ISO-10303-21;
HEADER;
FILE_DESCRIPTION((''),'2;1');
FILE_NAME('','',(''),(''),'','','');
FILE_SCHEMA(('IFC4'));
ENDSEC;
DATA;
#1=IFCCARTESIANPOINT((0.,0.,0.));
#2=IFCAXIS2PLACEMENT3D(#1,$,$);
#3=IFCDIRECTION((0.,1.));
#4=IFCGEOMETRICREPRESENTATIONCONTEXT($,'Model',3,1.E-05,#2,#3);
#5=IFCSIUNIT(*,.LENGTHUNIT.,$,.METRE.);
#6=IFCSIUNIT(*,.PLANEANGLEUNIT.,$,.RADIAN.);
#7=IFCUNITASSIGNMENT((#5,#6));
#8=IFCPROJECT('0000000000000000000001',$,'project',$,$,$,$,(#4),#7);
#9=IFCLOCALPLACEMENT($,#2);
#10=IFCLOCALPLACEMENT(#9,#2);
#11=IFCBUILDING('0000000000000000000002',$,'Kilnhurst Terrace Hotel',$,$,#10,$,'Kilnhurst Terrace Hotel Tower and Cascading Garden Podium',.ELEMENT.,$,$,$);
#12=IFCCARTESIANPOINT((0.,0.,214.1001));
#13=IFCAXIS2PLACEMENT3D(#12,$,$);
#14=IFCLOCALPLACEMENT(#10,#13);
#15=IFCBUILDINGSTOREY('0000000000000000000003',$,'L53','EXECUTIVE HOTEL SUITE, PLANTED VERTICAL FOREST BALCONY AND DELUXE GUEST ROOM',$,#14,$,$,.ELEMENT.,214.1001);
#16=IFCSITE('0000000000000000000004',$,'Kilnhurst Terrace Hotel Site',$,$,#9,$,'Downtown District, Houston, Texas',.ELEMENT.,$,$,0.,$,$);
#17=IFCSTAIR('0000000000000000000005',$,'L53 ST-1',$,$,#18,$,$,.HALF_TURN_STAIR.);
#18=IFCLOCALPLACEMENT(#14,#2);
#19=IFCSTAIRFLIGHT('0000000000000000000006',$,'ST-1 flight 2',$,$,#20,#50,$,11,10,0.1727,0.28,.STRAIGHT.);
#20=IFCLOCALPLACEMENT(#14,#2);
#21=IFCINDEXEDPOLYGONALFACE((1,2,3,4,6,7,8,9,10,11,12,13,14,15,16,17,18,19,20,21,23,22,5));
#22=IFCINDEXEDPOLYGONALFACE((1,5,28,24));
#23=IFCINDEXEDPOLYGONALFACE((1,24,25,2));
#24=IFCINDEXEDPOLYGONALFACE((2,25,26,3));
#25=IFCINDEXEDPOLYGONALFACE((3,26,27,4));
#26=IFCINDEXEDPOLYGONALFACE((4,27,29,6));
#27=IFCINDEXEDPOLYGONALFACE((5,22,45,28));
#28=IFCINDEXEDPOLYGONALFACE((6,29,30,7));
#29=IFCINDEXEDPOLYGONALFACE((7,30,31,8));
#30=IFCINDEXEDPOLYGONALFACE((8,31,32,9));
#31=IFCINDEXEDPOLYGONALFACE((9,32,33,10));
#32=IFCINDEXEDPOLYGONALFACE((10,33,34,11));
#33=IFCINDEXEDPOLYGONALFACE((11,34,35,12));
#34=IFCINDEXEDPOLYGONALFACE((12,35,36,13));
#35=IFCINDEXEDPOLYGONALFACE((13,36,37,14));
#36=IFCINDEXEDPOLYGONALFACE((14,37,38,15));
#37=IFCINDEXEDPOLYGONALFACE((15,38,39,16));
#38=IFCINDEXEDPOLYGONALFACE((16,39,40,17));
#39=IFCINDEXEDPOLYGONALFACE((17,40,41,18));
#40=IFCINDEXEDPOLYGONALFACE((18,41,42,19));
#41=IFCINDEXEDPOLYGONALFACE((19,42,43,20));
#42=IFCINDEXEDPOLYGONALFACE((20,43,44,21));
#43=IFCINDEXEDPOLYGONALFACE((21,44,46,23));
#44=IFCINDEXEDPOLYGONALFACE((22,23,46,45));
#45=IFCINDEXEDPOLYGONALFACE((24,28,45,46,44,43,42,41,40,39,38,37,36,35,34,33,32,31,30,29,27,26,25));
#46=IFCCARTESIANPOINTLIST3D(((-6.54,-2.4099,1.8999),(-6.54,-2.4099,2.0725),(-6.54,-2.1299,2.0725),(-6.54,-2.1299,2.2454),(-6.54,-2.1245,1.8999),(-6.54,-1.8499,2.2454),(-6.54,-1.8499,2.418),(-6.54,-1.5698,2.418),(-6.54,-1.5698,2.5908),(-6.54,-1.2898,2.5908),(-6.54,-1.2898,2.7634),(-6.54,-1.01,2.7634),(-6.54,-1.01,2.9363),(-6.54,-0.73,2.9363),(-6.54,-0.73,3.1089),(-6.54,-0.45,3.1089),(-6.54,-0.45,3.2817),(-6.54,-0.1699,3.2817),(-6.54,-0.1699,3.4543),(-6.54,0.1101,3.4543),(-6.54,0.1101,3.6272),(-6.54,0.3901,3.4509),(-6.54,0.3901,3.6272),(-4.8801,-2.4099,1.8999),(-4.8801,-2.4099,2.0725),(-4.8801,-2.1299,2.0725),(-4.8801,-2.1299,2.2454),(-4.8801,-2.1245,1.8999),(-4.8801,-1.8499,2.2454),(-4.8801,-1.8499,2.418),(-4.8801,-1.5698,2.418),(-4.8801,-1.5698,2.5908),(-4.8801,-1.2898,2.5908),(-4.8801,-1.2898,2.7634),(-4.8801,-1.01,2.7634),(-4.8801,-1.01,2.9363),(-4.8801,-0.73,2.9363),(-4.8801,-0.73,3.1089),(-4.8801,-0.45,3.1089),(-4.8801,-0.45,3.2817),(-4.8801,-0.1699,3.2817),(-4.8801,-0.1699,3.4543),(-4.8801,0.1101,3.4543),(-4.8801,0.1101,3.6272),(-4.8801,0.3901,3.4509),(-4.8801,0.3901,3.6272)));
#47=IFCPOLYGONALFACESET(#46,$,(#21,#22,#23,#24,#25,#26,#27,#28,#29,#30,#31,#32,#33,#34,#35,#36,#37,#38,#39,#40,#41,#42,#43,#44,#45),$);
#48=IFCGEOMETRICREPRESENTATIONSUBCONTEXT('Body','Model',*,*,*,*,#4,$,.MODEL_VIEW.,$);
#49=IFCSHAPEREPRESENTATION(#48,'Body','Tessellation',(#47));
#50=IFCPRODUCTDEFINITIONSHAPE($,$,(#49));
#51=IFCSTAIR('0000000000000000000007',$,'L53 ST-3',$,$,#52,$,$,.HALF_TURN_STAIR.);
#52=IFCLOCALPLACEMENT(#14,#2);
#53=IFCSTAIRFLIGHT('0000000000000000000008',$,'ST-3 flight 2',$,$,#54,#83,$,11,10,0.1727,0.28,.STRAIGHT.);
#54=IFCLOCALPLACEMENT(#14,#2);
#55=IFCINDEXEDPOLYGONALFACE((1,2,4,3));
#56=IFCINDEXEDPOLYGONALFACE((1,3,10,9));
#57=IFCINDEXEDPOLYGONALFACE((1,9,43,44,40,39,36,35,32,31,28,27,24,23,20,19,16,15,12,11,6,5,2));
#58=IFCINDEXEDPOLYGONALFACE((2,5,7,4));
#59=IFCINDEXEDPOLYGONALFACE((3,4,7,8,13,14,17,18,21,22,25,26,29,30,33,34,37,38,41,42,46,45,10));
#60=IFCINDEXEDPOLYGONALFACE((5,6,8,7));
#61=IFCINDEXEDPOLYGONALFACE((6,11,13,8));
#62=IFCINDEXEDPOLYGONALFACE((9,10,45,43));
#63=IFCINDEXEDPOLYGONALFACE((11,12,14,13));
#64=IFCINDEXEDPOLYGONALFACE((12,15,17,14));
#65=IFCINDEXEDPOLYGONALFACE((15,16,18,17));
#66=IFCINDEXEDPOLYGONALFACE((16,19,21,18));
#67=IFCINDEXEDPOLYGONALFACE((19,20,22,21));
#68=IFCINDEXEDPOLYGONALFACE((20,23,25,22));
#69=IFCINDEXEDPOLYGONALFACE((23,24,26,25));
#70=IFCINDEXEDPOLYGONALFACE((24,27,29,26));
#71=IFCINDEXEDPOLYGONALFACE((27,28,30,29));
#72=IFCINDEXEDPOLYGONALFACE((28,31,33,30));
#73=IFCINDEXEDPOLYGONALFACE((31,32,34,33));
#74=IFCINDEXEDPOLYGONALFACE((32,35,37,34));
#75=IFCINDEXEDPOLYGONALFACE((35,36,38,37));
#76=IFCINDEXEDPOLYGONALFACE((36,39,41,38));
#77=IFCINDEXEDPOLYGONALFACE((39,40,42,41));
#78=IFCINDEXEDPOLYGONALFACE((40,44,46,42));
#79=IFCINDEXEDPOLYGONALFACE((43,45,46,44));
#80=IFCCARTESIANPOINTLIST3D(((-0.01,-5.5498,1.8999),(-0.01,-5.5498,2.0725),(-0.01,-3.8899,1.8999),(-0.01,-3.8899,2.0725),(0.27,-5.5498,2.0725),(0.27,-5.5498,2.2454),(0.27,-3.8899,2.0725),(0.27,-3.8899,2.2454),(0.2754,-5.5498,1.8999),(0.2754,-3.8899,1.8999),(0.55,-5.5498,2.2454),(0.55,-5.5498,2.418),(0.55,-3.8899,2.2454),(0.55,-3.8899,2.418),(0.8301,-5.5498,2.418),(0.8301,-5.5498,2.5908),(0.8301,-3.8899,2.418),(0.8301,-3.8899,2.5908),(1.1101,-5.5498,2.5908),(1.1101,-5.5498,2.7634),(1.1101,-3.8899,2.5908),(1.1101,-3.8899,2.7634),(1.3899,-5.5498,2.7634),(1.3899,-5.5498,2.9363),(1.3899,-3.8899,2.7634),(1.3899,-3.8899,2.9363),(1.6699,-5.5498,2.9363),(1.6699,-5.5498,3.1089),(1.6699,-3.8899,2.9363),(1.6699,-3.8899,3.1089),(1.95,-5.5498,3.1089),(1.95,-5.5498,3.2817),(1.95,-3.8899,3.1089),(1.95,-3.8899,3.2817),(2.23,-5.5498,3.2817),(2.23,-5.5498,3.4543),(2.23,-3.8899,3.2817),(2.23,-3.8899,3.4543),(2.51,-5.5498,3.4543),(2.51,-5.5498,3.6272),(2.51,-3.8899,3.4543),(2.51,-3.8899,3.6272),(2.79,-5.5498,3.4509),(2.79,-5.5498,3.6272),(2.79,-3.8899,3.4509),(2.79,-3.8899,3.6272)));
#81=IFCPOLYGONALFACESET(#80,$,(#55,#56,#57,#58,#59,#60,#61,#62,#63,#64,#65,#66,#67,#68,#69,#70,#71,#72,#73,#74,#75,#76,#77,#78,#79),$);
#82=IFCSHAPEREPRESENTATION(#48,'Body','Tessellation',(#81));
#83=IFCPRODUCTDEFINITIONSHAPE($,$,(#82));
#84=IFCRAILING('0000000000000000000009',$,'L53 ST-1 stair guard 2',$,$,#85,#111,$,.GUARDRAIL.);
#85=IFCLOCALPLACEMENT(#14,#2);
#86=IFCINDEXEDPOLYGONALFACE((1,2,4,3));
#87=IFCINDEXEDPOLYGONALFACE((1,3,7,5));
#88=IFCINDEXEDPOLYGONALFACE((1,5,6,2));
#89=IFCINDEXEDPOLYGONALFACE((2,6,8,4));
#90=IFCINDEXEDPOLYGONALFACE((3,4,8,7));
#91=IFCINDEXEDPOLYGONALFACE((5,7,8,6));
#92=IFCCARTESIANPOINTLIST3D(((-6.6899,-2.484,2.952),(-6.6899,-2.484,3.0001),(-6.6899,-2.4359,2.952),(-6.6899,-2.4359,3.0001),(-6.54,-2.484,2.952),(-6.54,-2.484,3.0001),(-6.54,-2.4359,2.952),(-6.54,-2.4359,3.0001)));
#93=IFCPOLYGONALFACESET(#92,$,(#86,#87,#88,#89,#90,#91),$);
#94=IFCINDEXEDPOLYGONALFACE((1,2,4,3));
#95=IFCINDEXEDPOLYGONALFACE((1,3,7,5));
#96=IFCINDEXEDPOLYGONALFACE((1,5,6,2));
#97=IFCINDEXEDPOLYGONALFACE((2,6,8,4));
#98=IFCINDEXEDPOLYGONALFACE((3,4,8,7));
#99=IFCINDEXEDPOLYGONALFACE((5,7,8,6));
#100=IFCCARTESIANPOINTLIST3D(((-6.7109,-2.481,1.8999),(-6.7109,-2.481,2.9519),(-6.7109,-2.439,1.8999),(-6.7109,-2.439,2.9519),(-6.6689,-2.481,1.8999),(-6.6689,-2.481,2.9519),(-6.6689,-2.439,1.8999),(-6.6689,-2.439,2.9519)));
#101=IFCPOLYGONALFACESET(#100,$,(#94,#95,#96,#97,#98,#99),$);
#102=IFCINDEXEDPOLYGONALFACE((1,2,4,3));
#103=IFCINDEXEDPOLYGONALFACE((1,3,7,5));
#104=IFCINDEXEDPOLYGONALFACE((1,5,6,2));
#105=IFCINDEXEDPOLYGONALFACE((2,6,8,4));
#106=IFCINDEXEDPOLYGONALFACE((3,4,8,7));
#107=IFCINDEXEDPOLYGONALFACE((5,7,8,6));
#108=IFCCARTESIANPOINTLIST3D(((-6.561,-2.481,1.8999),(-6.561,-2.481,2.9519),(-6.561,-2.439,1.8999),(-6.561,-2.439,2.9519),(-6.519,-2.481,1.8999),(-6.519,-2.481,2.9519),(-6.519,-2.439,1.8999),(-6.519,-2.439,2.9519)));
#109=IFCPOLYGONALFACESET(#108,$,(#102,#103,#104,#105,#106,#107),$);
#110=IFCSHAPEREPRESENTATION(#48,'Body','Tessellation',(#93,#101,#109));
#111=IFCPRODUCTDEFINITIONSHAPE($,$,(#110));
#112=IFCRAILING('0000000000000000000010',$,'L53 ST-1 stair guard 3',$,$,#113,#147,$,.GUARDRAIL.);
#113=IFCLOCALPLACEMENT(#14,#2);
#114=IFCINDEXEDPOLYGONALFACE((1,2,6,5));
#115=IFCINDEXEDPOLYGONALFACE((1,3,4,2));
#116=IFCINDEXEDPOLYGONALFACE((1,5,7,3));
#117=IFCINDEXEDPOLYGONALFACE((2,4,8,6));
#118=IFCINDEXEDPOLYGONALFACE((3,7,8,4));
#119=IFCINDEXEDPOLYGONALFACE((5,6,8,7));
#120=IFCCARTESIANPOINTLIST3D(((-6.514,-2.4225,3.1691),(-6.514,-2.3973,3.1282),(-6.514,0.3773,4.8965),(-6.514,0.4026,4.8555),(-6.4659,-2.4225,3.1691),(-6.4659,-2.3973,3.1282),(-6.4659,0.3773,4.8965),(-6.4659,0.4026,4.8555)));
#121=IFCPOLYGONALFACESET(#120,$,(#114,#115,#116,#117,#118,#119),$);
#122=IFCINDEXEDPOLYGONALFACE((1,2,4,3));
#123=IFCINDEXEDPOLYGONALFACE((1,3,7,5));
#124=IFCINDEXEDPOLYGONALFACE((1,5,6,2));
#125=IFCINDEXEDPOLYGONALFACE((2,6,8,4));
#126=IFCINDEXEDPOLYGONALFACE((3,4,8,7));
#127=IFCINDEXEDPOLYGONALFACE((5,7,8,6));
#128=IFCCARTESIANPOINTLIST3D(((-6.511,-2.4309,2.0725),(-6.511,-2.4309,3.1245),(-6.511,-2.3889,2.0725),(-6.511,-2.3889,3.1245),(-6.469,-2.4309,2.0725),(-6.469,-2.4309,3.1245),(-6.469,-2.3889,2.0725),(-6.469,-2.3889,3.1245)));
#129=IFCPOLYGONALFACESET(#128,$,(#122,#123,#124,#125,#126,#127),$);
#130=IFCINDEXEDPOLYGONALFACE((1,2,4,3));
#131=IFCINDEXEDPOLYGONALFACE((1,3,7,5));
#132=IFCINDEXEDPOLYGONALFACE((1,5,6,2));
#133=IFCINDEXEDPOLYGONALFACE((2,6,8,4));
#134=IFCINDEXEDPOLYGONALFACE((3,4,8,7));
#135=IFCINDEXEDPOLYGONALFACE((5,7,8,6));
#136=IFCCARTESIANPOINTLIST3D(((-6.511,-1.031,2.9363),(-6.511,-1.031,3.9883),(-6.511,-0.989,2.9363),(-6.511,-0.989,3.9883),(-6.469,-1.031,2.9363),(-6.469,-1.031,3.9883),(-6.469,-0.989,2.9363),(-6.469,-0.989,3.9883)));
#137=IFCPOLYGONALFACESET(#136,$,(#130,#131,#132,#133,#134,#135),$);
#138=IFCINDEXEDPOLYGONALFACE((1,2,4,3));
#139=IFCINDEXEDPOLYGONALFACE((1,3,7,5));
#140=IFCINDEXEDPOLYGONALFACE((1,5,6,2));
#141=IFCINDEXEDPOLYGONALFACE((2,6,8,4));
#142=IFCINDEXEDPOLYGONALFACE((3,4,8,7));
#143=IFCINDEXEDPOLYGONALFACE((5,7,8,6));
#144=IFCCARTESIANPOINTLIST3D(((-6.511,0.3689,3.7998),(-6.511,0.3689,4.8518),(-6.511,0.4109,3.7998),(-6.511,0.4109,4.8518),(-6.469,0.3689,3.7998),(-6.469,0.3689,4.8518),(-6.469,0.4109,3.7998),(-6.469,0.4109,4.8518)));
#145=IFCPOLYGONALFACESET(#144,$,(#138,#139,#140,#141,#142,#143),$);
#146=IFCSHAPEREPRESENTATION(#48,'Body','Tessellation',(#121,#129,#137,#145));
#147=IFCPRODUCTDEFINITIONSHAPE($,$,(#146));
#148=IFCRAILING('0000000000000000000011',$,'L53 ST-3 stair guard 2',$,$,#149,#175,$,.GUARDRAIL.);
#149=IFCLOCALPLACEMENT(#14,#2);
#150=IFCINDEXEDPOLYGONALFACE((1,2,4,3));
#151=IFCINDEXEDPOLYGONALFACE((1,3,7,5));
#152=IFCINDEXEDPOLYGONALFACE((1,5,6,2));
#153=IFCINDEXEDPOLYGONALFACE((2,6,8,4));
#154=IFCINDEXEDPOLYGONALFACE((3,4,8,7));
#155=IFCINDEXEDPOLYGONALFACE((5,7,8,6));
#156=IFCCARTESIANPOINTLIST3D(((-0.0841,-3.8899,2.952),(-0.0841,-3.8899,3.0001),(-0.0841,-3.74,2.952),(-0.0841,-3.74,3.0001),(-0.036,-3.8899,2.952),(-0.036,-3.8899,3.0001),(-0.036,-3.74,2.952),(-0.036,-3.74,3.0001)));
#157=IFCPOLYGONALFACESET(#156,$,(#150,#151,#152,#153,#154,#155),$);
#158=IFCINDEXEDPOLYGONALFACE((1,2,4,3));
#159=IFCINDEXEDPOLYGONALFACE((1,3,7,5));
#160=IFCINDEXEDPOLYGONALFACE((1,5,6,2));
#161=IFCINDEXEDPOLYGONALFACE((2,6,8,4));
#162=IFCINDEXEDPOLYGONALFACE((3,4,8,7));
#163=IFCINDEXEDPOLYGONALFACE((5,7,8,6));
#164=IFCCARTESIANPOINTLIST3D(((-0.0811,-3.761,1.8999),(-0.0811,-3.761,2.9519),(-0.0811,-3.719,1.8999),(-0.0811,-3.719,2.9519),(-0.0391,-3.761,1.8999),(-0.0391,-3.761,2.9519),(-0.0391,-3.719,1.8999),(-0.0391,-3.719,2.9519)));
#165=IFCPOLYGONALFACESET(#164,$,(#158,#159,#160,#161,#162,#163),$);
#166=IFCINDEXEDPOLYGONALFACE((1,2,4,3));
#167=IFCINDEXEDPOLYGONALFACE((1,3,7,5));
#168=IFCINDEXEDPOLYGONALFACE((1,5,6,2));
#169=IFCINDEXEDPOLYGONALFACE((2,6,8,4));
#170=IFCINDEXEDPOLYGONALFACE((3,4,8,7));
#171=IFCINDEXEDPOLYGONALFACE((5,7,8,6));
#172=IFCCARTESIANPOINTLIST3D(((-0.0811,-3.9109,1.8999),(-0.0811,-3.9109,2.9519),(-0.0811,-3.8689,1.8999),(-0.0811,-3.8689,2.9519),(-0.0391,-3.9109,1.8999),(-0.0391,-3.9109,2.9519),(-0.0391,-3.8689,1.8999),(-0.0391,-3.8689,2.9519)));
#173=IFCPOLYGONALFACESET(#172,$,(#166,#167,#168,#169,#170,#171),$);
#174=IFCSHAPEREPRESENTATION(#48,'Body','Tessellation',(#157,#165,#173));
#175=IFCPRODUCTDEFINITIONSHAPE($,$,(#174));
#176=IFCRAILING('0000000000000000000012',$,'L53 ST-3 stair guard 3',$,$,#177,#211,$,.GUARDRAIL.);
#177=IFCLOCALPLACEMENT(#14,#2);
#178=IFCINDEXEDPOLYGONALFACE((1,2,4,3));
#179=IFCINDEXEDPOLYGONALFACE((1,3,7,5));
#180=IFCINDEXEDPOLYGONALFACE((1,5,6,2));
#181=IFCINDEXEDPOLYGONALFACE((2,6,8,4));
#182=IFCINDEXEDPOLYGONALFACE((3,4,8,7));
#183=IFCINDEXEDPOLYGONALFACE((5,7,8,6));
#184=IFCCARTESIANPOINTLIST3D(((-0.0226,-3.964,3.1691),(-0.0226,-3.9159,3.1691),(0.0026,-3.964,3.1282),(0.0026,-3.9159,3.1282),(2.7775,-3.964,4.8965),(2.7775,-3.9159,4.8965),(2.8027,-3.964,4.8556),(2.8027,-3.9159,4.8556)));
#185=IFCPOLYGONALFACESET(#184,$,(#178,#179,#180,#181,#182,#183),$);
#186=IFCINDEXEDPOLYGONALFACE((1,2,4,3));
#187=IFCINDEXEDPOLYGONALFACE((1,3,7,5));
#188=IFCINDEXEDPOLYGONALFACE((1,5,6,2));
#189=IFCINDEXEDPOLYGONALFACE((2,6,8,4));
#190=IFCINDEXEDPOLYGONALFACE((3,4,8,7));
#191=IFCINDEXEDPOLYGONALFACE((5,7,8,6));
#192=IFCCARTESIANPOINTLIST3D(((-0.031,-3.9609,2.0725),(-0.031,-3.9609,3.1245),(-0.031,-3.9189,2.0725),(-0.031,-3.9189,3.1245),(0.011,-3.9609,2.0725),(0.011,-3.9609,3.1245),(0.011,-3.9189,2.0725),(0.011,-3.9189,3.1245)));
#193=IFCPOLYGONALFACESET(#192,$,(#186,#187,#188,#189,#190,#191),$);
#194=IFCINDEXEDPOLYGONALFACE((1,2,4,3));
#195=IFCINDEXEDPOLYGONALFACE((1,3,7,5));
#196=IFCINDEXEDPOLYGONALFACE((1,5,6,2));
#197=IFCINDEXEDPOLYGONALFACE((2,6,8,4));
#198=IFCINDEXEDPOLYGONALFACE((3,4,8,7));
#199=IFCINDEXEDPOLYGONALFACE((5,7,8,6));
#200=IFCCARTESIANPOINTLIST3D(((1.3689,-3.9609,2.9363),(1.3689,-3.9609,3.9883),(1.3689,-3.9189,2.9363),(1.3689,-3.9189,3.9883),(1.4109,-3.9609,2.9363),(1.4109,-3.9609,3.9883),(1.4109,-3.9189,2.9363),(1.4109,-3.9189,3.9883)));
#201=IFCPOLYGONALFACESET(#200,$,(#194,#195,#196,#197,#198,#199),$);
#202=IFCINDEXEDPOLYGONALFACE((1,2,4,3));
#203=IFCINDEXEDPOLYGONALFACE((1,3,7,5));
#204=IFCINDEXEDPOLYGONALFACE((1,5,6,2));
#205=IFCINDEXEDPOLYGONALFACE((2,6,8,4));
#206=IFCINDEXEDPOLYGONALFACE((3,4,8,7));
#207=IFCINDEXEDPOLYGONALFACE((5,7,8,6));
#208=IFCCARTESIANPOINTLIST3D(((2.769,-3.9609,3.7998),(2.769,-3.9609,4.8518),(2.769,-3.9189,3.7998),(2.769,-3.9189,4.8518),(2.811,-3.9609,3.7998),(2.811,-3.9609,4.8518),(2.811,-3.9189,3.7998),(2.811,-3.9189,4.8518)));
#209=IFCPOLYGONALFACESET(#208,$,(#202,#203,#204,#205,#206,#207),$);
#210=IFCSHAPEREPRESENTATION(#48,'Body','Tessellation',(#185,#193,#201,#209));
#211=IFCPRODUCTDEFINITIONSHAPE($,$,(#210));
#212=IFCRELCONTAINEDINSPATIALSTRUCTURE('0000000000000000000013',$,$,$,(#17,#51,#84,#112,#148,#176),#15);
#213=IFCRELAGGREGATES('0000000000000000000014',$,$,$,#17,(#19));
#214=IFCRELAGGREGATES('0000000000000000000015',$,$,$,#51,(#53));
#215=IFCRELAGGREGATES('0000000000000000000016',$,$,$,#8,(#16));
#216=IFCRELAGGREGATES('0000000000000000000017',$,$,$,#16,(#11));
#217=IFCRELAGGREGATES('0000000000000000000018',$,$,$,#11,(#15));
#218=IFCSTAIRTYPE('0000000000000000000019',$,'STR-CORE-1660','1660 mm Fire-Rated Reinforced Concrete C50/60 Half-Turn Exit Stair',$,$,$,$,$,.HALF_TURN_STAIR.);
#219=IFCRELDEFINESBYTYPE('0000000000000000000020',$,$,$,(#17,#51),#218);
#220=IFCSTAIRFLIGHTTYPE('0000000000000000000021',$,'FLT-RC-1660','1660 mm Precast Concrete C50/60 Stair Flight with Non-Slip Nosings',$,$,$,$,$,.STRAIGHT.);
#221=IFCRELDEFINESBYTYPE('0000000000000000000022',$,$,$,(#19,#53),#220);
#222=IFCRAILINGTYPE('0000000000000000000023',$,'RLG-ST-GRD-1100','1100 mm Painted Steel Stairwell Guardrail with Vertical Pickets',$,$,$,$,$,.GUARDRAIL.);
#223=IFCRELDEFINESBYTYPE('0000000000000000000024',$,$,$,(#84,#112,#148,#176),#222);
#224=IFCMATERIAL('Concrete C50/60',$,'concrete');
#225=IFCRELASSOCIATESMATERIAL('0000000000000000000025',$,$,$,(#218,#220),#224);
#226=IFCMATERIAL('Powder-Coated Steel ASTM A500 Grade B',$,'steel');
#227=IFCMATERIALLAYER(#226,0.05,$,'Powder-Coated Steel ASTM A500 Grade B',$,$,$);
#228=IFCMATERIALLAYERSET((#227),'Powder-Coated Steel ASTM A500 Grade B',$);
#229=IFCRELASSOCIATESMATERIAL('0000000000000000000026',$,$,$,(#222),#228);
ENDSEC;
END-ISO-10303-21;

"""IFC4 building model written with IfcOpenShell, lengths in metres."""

from ifc_helpers import new_model, si_unit, direction, frame, origin, origin_2d, place, context, subcontext, project, spatial, polyline, rectangle, outline, extrude, material, layer, layer_set, type_object, element, aggregate, save


model = new_model("IFC4")

# Units and contexts
model_context = context("Model", 3, precision=1e-05, world=origin(), true_north=direction((0.0, 1.0)))
body_context = subcontext(model_context, "Body", "Model", "MODEL_VIEW")
ifc_project = project(units=[si_unit("LENGTHUNIT", "METRE"), si_unit("PLANEANGLEUNIT", "RADIAN")], contexts=[model_context])

# Site, building, storey
site_placement = place(None, origin())
site = spatial("IfcSite", under=ifc_project, at=site_placement, Name="Kilnhurst Terrace Hotel Site", LongName="Downtown District, Houston, Texas", CompositionType="ELEMENT", RefElevation=0.0)
building_placement = place(site_placement, origin())
building = spatial("IfcBuilding", under=site, at=building_placement, Name="Kilnhurst Terrace Hotel", LongName="Kilnhurst Terrace Hotel Tower and Cascading Garden Podium", CompositionType="ELEMENT")
storey_placement = place(building_placement, frame((0.0, 0.0, 214.1001)))
storey = spatial("IfcBuildingStorey", under=building, at=storey_placement, Name="L53", Description="EXECUTIVE HOTEL SUITE, PLANTED VERTICAL FOREST BALCONY AND DELUXE GUEST ROOM", CompositionType="ELEMENT", Elevation=214.1001)

# Shared definitions
ifc_material_1 = material(Name="Concrete C50/60", Category="concrete")

# Stairs, stair flights
stair_type = type_object("IfcStairType", Name="STR-CORE-1660", Description="1660 mm Fire-Rated Reinforced Concrete C50/60 Half-Turn Exit Stair", PredefinedType="HALF_TURN_STAIR", material=ifc_material_1)
stair_1_placement = place(storey_placement, origin())
stair_1 = element("IfcStair", 1, at=stair_1_placement, inside=storey, type_object=stair_type, Name="L53 ST-1", PredefinedType="HALF_TURN_STAIR")
stair_flight_type = type_object("IfcStairFlightType", Name="FLT-RC-1660", Description="1660 mm Precast Concrete C50/60 Stair Flight with Non-Slip Nosings", PredefinedType="STRAIGHT", material=ifc_material_1)
stair_flight_1_placement = place(storey_placement, frame((-5.71, -2.4099, 1.8999), z_axis=(0.0, 0.0, 1.0), x_axis=(0.0, 1.0, 0.0)))
stair_flight_1 = element("IfcStairFlight", 2, at=stair_flight_1_placement, type_object=stair_flight_type, Name="ST-1 flight 2", NumberOfRisers=11, NumberOfTreads=10, PredefinedType="STRAIGHT", RiserHeight=0.1727, TreadLength=0.28, context=body_context, shape_type="SweptSolid", body=[
    extrude(outline(polyline([(0.0, 0.0), (0.0, 0.1726), (0.28, 0.1726), (0.28, 0.3455), (0.5601, 0.3455), (0.5601, 0.5181), (0.8401, 0.5181), (0.8401, 0.6909), (1.1201, 0.6909), (1.1201, 0.8635), (1.3999, 0.8635), (1.3999, 1.0364), (1.6799, 1.0364), (1.6799, 1.209), (1.96, 1.209), (1.96, 1.3818), (2.24, 1.3818), (2.24, 1.5544), (2.52, 1.5544), (2.52, 1.7273), (2.8, 1.7273), (2.8, 1.8999), (2.8, 1.551), (0.2854, 0.0), (0.0, 0.0)])), frame((0.0, 0.8301, 0.0), z_axis=(0.0, -1.0, 0.0), x_axis=(1.0, 0.0, 0.0)), (0.0, 0.0, 1.0), 1.6599),
])
aggregate(stair_1, [stair_flight_1])
stair_2_placement = place(storey_placement, origin())
stair_2 = element("IfcStair", 3, at=stair_2_placement, inside=storey, type_object=stair_type, Name="L53 ST-3", PredefinedType="HALF_TURN_STAIR")
stair_flight_2_placement = place(storey_placement, frame((-0.01, -4.72, 1.8999), z_axis=(0.0, 0.0, 1.0), x_axis=(1.0, 0.0, 0.0)))
stair_flight_2 = element("IfcStairFlight", 4, at=stair_flight_2_placement, type_object=stair_flight_type, Name="ST-3 flight 2", NumberOfRisers=11, NumberOfTreads=10, PredefinedType="STRAIGHT", RiserHeight=0.1727, TreadLength=0.28, context=body_context, shape_type="SweptSolid", body=[
    extrude(outline(polyline([(0.0, 0.0), (0.0, 0.1726), (0.28, 0.1726), (0.28, 0.3455), (0.5601, 0.3455), (0.5601, 0.5181), (0.8401, 0.5181), (0.8401, 0.6909), (1.1201, 0.6909), (1.1201, 0.8635), (1.3999, 0.8635), (1.3999, 1.0364), (1.6799, 1.0364), (1.6799, 1.209), (1.96, 1.209), (1.96, 1.3818), (2.24, 1.3818), (2.24, 1.5544), (2.52, 1.5544), (2.52, 1.7273), (2.8, 1.7273), (2.8, 1.8999), (2.8, 1.551), (0.2854, 0.0), (0.0, 0.0)])), frame((0.0, 0.8301, 0.0), z_axis=(0.0, -1.0, 0.0), x_axis=(1.0, 0.0, 0.0)), (0.0, 0.0, 1.0), 1.6599),
])
aggregate(stair_2, [stair_flight_2])

# Railings
ifc_material_2 = material(Name="Powder-Coated Steel ASTM A500 Grade B", Category="steel")
ifc_layer_1 = layer(ifc_material_2, 0.05, Name="Powder-Coated Steel ASTM A500 Grade B")
ifc_layer_set_1 = layer_set([ifc_layer_1], Name="Powder-Coated Steel ASTM A500 Grade B")
railing_type_1 = type_object("IfcRailingType", Name="RLG-ST-GRD-1100", Description="1100 mm Painted Steel Stairwell Guardrail with Vertical Pickets", PredefinedType="GUARDRAIL", material=ifc_layer_set_1)
railing_1_placement = place(storey_placement, frame((-6.6899, -2.46, 1.8999)))
element("IfcRailing", 5, at=railing_1_placement, inside=storey, type_object=railing_type_1, Name="L53 ST-1 stair guard 2", PredefinedType="GUARDRAIL", context=body_context, shape_type="SweptSolid", body=[
    extrude(rectangle(XDim=0.0481, YDim=0.0481, at=origin_2d()), frame((0.0, 0.0, 1.0762), z_axis=(1.0, 0.0, 0.0), x_axis=(0.0, 1.0, 0.0)), (0.0, 0.0, 1.0), 0.1499),
    extrude(rectangle(XDim=0.042, YDim=0.042, at=origin_2d()), origin(), (0.0, 0.0, 1.0), 1.052),
    extrude(rectangle(XDim=0.042, YDim=0.042, at=origin_2d()), frame((0.1499, 0.0, 0.0)), (0.0, 0.0, 1.0), 1.052),
])
railing_2_placement = place(storey_placement, frame((-6.49, -2.4099, 2.0725)))
element("IfcRailing", 6, at=railing_2_placement, inside=storey, type_object=railing_type_1, Name="L53 ST-1 stair guard 3", PredefinedType="GUARDRAIL", context=body_context, shape_type="SweptSolid", body=[
    extrude(rectangle(XDim=0.0481, YDim=0.0481, at=origin_2d()), frame((0.0, 0.0, 1.0762), z_axis=(0.0, 0.851069, 0.525054), x_axis=(-1.0, 0.0, 0.0)), (0.0, 0.0, 1.0), 3.2898),
    extrude(rectangle(XDim=0.042, YDim=0.042, at=origin_2d()), origin(), (0.0, 0.0, 1.0), 1.052),
    extrude(rectangle(XDim=0.042, YDim=0.042, at=origin_2d()), frame((0.0, 1.3999, 0.8638)), (0.0, 0.0, 1.0), 1.052),
    extrude(rectangle(XDim=0.042, YDim=0.042, at=origin_2d()), frame((0.0, 2.7998, 1.7273)), (0.0, 0.0, 1.0), 1.052),
])
railing_3_placement = place(storey_placement, frame((-0.0601, -3.74, 1.8999)))
element("IfcRailing", 7, at=railing_3_placement, inside=storey, type_object=railing_type_1, Name="L53 ST-3 stair guard 2", PredefinedType="GUARDRAIL", context=body_context, shape_type="SweptSolid", body=[
    extrude(rectangle(XDim=0.0481, YDim=0.0481, at=origin_2d()), frame((0.0, 0.0, 1.0762), z_axis=(0.0, -1.0, 0.0), x_axis=(1.0, 0.0, 0.0)), (0.0, 0.0, 1.0), 0.1499),
    extrude(rectangle(XDim=0.042, YDim=0.042, at=origin_2d()), origin(), (0.0, 0.0, 1.0), 1.052),
    extrude(rectangle(XDim=0.042, YDim=0.042, at=origin_2d()), frame((0.0, -0.1499, 0.0)), (0.0, 0.0, 1.0), 1.052),
])
railing_4_placement = place(storey_placement, frame((-0.01, -3.9399, 2.0725)))
element("IfcRailing", 8, at=railing_4_placement, inside=storey, type_object=railing_type_1, Name="L53 ST-3 stair guard 3", PredefinedType="GUARDRAIL", context=body_context, shape_type="SweptSolid", body=[
    extrude(rectangle(XDim=0.0481, YDim=0.0481, at=origin_2d()), frame((0.0, 0.0, 1.0762), z_axis=(0.85109, 0.0, 0.52502), x_axis=(0.0, 1.0, 0.0)), (0.0, 0.0, 1.0), 3.29),
    extrude(rectangle(XDim=0.042, YDim=0.042, at=origin_2d()), origin(), (0.0, 0.0, 1.0), 1.052),
    extrude(rectangle(XDim=0.042, YDim=0.042, at=origin_2d()), frame((1.3999, 0.0, 0.8638)), (0.0, 0.0, 1.0), 1.052),
    extrude(rectangle(XDim=0.042, YDim=0.042, at=origin_2d()), frame((2.8, 0.0, 1.7273)), (0.0, 0.0, 1.0), 1.052),
])

save(model, "model.ifc")
